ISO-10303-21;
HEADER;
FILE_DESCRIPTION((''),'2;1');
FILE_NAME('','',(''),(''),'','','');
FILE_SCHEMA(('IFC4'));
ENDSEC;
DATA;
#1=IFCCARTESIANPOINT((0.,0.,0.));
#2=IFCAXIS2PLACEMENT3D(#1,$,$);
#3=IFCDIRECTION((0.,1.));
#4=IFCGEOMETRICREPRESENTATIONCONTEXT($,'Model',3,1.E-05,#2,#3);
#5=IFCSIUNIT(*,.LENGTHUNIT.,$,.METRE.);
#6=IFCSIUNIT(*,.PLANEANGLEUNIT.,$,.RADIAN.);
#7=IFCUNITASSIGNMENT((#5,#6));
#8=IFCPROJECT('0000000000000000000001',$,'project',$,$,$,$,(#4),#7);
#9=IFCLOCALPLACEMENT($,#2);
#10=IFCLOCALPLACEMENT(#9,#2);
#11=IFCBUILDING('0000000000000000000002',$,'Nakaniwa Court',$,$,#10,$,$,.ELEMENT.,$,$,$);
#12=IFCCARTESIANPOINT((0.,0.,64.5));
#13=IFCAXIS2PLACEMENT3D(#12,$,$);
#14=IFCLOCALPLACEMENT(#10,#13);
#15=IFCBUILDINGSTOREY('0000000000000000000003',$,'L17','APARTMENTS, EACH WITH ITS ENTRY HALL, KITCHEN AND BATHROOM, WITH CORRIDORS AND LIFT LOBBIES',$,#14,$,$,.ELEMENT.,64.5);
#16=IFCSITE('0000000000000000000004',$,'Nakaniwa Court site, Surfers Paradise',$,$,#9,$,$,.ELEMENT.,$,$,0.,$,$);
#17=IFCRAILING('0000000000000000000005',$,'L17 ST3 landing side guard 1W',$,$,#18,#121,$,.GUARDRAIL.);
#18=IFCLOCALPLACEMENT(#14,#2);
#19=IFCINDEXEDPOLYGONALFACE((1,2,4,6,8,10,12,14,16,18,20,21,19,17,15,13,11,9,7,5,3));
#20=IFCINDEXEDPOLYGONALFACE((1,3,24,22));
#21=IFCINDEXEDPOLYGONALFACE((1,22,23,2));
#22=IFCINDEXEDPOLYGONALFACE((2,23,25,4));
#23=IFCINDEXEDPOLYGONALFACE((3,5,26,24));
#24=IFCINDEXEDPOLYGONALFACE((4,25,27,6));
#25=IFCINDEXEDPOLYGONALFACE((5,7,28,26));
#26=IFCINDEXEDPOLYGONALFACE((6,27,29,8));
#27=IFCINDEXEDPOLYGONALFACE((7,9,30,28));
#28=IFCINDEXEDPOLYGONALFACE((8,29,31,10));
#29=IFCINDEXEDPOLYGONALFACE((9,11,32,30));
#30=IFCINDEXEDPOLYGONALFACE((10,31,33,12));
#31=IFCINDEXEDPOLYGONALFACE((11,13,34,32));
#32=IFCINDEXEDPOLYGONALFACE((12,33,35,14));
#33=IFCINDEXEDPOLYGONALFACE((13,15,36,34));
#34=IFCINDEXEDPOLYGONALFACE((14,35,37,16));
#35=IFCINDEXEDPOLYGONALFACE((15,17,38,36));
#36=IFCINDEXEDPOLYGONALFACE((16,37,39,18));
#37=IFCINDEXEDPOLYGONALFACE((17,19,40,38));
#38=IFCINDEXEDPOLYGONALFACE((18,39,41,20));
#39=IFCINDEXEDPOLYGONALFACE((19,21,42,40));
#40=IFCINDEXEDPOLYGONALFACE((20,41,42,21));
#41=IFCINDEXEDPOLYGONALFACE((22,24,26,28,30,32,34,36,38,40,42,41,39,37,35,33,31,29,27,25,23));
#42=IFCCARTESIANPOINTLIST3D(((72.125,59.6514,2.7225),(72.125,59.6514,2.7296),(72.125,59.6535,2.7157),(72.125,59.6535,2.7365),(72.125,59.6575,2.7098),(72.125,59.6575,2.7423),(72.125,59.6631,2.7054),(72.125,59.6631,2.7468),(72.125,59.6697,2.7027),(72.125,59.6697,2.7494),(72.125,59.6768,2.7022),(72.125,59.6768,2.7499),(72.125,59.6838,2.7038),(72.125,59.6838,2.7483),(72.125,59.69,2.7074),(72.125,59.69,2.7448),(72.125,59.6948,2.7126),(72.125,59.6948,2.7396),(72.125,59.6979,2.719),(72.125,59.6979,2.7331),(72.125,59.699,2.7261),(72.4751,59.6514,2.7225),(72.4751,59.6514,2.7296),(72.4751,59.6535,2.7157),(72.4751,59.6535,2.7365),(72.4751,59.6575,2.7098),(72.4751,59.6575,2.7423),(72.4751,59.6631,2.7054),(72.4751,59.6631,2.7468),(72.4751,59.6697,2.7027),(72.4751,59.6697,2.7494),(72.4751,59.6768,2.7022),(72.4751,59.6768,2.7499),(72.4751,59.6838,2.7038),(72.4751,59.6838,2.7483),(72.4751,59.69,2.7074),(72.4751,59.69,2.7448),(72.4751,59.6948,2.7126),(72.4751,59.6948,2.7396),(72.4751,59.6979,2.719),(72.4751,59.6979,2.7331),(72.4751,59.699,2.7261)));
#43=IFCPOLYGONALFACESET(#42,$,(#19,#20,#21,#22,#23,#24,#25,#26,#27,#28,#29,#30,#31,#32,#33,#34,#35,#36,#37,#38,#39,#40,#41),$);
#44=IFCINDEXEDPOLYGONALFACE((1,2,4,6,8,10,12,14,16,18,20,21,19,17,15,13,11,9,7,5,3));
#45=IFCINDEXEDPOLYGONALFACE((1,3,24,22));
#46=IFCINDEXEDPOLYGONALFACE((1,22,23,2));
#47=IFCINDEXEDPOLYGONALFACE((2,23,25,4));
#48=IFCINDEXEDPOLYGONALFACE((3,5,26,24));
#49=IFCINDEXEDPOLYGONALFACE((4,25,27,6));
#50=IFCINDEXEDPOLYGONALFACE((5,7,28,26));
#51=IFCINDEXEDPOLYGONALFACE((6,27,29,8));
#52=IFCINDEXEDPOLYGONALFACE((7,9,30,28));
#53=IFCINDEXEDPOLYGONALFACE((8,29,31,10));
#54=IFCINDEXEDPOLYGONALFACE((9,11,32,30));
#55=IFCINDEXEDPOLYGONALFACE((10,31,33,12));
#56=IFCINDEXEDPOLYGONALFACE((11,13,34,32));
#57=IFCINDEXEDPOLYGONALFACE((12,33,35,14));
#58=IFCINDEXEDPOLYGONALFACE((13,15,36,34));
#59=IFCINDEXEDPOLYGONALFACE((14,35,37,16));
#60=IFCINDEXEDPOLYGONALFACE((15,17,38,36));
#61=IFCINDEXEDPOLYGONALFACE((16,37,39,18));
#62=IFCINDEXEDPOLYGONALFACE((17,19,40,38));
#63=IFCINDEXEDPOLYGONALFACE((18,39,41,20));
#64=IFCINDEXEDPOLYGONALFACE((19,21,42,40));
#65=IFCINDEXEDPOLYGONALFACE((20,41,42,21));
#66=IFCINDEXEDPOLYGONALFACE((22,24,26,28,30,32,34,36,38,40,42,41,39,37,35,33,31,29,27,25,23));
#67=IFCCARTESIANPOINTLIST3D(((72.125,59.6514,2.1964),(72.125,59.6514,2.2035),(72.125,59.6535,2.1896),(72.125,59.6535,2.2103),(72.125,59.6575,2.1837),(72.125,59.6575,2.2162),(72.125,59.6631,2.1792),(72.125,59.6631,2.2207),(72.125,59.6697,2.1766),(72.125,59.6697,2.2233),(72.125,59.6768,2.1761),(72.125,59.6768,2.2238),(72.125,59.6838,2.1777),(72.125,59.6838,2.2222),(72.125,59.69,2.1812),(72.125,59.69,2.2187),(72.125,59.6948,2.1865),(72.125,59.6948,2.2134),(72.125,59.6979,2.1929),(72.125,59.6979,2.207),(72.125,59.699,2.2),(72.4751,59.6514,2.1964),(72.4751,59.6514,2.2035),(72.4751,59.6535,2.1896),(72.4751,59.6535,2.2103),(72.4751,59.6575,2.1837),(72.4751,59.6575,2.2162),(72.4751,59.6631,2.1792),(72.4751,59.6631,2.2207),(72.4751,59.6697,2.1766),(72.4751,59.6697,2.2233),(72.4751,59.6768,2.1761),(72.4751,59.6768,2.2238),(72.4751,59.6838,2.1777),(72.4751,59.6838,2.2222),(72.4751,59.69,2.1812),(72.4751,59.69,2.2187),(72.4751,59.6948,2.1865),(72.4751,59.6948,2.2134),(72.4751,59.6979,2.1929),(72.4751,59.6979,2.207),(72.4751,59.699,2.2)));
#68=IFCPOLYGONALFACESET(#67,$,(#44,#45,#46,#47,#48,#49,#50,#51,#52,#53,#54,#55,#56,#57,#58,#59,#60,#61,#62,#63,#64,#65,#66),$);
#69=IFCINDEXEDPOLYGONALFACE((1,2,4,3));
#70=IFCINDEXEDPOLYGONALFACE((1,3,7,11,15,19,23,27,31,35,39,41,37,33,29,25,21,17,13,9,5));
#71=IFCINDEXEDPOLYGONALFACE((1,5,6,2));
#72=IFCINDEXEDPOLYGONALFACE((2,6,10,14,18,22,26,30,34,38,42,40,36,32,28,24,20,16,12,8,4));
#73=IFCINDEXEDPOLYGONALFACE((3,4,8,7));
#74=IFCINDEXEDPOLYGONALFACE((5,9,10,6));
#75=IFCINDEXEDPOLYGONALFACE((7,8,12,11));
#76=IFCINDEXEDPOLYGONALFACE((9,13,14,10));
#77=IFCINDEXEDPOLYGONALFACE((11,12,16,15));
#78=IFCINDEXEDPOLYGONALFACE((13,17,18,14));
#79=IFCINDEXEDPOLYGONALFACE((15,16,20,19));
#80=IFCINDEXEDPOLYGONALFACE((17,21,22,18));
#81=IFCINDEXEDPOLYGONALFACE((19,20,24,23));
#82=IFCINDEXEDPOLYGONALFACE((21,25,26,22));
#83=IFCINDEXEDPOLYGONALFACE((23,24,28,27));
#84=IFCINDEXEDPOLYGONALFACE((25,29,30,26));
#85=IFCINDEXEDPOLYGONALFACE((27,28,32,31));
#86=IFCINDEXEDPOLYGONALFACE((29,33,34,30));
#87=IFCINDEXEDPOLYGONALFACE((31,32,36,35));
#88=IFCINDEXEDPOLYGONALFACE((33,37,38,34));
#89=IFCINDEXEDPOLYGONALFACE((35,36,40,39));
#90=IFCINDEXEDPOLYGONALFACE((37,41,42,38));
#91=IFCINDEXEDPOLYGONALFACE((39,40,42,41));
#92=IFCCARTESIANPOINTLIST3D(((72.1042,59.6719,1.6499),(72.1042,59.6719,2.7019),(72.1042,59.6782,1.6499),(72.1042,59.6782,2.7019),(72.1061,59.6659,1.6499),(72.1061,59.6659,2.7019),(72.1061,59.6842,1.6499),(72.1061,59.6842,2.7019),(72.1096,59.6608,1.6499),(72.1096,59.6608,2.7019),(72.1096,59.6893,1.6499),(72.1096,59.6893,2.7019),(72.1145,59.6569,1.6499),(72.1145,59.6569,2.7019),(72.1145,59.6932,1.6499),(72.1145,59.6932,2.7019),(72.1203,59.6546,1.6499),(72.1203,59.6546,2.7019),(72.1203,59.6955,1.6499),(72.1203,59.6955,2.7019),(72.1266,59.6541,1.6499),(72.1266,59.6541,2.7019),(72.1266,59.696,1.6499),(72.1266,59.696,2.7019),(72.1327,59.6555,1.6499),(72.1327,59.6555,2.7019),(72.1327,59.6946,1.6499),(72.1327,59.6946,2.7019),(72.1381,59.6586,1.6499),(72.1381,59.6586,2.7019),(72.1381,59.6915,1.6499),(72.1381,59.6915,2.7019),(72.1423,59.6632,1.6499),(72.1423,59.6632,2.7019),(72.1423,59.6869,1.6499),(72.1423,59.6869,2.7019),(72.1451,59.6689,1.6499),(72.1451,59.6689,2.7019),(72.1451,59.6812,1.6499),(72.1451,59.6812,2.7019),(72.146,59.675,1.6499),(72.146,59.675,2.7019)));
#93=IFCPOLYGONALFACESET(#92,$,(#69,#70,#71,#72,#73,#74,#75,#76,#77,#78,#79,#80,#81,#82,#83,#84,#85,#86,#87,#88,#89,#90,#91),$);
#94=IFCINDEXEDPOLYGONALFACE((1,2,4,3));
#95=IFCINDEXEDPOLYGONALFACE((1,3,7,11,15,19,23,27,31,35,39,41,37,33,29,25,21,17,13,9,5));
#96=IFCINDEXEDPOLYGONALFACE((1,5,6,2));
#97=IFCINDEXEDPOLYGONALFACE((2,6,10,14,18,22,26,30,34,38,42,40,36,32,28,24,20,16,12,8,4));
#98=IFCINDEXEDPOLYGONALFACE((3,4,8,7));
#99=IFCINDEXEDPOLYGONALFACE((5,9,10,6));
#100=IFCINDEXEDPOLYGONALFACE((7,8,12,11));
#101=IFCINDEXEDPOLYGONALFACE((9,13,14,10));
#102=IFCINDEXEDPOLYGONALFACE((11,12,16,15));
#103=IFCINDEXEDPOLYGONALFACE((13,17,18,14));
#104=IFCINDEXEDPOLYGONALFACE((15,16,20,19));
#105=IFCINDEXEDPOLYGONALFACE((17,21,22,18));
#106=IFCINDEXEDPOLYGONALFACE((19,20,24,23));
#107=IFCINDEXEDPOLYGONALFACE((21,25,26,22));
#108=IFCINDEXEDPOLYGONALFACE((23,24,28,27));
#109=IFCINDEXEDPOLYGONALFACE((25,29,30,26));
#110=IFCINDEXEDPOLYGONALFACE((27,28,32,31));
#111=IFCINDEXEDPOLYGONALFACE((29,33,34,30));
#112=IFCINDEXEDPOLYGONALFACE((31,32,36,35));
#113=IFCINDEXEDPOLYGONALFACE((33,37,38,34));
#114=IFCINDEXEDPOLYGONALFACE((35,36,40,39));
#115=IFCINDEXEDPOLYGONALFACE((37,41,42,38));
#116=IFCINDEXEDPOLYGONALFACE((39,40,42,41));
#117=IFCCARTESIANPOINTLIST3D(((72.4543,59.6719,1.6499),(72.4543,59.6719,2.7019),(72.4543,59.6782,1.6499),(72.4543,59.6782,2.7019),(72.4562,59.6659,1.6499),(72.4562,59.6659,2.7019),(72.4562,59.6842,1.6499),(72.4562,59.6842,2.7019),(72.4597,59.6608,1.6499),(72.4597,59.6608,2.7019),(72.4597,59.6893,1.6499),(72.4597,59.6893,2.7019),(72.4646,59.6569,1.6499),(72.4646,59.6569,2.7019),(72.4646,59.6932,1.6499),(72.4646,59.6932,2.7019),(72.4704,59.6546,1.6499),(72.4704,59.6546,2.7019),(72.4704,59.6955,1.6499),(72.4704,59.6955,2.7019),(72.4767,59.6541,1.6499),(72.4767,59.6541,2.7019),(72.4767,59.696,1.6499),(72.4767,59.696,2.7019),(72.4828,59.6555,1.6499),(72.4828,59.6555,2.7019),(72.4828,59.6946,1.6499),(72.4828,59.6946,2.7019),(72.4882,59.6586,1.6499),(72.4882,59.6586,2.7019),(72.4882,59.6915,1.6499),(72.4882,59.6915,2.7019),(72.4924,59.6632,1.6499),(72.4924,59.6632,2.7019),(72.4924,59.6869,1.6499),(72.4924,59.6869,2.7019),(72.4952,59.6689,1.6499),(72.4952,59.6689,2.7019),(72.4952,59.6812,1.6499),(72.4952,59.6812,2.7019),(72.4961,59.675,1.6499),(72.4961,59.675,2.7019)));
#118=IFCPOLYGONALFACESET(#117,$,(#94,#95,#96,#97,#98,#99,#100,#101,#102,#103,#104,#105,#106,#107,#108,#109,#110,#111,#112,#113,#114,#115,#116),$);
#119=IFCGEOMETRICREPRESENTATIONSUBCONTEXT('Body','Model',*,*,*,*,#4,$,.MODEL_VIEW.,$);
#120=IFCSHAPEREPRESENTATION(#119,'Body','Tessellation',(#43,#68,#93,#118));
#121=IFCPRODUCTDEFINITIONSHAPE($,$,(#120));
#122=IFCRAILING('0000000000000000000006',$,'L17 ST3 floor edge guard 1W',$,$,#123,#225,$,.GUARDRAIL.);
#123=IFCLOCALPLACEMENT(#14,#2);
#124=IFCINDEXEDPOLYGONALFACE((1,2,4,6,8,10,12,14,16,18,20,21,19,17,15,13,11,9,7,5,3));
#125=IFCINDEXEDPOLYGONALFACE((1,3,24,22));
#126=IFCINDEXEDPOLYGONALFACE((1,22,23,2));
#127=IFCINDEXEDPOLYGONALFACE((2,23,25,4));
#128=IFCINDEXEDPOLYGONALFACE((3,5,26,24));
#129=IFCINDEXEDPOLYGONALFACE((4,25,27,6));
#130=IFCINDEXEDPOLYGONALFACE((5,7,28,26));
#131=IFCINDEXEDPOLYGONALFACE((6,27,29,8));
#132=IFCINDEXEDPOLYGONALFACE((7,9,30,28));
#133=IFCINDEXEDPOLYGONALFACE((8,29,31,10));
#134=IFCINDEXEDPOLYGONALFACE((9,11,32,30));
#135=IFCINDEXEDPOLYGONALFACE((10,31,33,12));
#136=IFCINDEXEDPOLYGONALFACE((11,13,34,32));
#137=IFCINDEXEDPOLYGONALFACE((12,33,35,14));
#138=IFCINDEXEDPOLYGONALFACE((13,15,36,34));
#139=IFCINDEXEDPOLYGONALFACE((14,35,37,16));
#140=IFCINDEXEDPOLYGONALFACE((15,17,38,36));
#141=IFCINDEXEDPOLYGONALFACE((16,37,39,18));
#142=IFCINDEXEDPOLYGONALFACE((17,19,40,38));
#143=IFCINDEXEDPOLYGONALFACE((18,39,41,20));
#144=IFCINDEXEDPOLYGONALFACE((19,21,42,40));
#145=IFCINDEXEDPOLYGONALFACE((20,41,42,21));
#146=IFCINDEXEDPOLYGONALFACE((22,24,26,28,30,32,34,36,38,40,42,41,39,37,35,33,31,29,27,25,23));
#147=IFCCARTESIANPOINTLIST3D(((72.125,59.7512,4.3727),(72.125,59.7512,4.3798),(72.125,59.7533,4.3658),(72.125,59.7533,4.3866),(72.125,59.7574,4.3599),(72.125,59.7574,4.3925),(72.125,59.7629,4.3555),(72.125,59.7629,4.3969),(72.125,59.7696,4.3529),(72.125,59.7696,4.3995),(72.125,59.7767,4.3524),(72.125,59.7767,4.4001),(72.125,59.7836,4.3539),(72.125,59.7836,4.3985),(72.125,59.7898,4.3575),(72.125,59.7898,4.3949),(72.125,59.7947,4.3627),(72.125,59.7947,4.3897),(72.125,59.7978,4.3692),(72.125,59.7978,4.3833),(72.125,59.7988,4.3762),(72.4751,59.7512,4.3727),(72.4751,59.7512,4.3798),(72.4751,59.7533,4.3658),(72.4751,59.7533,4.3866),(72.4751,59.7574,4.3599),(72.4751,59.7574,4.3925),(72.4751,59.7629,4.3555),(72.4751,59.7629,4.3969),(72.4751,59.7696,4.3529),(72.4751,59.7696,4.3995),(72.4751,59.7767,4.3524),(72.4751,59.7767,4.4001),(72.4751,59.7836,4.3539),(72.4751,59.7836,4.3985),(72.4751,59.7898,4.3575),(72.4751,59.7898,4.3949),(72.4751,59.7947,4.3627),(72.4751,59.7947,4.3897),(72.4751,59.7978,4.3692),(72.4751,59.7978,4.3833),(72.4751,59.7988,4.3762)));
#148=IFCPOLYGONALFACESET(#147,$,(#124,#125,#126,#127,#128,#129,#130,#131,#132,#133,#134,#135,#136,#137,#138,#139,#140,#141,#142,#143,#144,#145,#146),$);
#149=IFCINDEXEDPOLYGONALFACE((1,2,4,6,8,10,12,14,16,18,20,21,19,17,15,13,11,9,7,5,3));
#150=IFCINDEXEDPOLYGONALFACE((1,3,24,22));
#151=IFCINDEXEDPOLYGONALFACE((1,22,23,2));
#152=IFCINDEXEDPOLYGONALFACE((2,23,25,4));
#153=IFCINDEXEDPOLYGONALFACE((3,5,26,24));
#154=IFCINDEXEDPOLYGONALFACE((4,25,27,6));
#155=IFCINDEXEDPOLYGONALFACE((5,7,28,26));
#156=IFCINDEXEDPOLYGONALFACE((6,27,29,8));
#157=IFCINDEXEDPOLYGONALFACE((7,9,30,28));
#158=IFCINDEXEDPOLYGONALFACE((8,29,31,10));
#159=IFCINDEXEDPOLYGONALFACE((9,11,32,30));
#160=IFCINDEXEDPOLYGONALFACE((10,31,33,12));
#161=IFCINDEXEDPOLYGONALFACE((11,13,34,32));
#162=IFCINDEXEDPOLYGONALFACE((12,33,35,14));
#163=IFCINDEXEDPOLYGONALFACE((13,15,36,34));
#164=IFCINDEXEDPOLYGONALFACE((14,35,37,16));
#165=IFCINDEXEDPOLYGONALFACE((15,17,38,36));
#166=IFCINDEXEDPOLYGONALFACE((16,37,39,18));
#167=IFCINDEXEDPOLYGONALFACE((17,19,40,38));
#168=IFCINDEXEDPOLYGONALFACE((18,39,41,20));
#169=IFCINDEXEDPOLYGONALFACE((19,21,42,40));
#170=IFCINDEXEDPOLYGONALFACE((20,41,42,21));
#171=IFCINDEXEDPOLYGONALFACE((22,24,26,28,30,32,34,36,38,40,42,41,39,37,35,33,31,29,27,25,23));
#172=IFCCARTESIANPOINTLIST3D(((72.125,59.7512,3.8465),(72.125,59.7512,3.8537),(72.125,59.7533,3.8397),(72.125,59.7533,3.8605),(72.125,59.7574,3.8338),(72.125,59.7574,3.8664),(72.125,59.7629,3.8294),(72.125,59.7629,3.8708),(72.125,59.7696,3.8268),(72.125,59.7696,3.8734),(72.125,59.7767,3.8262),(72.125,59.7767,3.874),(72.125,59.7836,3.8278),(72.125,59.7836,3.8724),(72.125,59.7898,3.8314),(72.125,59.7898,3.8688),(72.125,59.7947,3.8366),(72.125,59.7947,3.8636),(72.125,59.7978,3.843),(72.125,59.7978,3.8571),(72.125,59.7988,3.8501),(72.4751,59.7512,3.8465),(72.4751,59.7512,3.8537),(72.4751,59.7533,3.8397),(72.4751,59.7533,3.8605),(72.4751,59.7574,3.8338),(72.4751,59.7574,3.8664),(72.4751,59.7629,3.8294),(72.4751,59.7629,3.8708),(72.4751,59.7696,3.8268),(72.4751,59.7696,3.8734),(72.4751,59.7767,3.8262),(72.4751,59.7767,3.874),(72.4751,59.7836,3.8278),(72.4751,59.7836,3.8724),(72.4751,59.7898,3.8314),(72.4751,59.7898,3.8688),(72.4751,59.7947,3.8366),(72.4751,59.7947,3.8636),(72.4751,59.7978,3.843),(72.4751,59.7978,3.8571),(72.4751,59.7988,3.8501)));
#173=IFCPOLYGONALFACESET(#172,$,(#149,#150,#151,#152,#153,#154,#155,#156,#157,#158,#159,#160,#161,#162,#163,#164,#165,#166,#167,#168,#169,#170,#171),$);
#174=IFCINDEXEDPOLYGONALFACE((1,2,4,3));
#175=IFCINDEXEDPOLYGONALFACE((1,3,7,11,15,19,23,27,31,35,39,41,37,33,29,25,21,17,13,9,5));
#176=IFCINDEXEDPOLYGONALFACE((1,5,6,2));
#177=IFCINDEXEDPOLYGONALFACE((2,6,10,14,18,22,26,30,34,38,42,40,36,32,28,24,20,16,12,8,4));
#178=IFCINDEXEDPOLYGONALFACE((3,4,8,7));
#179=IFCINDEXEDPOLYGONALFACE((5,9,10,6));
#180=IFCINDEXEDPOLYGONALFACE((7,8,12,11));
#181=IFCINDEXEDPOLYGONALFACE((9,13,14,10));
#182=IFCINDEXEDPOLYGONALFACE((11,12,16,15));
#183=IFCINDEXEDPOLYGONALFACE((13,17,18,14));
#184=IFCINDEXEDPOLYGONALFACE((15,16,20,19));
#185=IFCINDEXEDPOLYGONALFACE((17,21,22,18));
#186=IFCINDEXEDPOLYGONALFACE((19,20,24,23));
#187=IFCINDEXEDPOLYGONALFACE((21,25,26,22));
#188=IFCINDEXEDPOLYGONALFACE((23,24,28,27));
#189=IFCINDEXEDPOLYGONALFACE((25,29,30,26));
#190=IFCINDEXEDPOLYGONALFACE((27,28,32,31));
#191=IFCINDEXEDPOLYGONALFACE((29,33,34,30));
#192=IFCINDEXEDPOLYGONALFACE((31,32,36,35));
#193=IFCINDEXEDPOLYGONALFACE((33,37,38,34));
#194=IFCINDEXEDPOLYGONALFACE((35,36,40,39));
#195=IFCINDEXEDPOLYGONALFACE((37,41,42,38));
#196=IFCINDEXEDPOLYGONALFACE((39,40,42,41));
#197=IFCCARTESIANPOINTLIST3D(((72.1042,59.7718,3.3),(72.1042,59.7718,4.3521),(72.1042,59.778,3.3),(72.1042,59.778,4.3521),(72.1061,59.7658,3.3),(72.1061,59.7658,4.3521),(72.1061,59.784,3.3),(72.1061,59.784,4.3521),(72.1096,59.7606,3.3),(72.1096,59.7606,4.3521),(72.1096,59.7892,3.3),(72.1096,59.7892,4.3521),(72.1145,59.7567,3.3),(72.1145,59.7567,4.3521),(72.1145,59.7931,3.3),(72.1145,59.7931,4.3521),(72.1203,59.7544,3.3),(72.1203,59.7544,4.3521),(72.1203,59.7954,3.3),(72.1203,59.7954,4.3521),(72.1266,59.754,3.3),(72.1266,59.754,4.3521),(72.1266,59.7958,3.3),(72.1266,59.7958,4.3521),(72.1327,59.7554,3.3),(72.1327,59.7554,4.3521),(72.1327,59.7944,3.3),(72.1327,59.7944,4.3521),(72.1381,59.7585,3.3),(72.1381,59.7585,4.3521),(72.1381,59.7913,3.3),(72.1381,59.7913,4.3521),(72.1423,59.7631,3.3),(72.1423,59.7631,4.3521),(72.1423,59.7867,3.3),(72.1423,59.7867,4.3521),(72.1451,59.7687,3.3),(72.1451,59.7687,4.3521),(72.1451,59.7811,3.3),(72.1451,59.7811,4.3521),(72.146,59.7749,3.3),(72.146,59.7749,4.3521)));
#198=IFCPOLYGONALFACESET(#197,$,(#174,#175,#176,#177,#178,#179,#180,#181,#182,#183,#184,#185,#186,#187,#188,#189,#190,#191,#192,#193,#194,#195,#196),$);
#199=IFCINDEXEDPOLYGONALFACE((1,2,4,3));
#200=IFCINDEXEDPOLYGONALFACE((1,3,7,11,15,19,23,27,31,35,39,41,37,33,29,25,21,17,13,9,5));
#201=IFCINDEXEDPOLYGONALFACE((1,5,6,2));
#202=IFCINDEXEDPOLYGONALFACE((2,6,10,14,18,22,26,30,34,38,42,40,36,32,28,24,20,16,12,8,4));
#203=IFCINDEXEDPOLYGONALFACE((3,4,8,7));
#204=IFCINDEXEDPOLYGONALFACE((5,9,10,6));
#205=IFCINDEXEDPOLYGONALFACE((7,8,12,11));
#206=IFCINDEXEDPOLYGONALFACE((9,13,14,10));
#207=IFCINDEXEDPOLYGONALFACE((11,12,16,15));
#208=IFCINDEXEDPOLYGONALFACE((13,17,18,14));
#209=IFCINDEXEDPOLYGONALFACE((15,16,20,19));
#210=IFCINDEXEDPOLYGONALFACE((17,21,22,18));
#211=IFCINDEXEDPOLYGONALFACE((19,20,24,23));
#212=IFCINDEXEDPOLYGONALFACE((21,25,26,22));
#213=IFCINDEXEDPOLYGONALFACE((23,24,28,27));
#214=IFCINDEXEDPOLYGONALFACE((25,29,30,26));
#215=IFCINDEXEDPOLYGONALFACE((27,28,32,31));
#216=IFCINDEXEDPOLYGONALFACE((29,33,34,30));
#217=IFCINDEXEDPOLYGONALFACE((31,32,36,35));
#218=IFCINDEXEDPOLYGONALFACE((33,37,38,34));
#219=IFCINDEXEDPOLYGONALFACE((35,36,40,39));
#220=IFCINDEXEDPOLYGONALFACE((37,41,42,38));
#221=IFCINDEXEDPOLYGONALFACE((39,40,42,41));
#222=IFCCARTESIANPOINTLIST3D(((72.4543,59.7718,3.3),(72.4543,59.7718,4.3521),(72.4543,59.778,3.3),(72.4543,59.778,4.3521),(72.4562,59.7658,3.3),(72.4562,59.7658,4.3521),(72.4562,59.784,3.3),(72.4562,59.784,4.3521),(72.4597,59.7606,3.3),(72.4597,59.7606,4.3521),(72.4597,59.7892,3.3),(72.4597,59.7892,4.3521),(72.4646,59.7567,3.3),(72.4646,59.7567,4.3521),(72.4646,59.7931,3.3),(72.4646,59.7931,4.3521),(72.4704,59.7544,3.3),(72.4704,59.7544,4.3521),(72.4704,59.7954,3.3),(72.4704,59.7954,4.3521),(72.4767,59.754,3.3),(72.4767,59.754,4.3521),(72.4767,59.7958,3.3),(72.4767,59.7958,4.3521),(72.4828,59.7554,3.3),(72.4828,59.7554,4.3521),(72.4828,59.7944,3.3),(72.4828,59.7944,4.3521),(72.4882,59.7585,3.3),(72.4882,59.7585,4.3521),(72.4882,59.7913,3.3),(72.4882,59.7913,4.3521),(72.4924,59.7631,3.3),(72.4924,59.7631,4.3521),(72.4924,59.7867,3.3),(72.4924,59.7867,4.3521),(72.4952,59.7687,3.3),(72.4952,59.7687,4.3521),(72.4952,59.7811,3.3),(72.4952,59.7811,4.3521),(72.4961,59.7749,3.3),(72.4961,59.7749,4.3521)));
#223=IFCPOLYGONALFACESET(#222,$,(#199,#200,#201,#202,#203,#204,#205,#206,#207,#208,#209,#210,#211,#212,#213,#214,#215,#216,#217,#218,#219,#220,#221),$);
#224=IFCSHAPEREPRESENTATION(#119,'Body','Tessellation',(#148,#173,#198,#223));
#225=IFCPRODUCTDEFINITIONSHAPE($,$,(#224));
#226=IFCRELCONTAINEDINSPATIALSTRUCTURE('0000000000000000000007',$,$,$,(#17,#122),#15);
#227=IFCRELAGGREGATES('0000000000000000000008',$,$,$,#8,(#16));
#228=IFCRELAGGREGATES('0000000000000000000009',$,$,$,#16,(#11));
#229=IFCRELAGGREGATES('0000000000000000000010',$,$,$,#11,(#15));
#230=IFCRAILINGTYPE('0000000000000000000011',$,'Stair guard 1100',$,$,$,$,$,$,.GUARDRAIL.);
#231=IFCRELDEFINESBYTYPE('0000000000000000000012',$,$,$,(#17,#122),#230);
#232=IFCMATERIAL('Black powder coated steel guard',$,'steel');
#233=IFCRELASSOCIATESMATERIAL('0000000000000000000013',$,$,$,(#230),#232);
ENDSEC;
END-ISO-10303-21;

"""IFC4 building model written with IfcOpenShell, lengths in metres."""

from ifc_helpers import new_model, si_unit, direction, frame, origin, origin_2d, place, context, subcontext, project, spatial, circle, extrude, material, type_object, element, save


model = new_model("IFC4")

# Units and contexts
model_context = context("Model", 3, precision=1e-05, world=origin(), true_north=direction((0.0, 1.0)))
body_context = subcontext(model_context, "Body", "Model", "MODEL_VIEW")
ifc_project = project(units=[si_unit("LENGTHUNIT", "METRE"), si_unit("PLANEANGLEUNIT", "RADIAN")], contexts=[model_context])

# Site, building, storey
site_placement = place(None, origin())
site = spatial("IfcSite", under=ifc_project, at=site_placement, Name="Nakaniwa Court site, Surfers Paradise", CompositionType="ELEMENT", RefElevation=0.0)
building_placement = place(site_placement, origin())
building = spatial("IfcBuilding", under=site, at=building_placement, Name="Nakaniwa Court", CompositionType="ELEMENT")
storey_placement = place(building_placement, frame((0.0, 0.0, 64.5)))
storey = spatial("IfcBuildingStorey", under=building, at=storey_placement, Name="L17", Description="APARTMENTS, EACH WITH ITS ENTRY HALL, KITCHEN AND BATHROOM, WITH CORRIDORS AND LIFT LOBBIES", CompositionType="ELEMENT", Elevation=64.5)

# Railings
ifc_material_1 = material(Name="Black powder coated steel guard", Category="steel")
railing_type_1 = type_object("IfcRailingType", Name="Stair guard 1100", PredefinedType="GUARDRAIL", material=ifc_material_1)
for number, where, name in (
    (1, (72.125, 59.675, 1.6499), "L17 ST3 landing side guard 1W"),
    (2, (72.125, 59.7749, 3.3), "L17 ST3 floor edge guard 1W"),
):
    element("IfcRailing", number, at=place(storey_placement, frame(where)), inside=storey, type_object=railing_type_1, Name=name, PredefinedType="GUARDRAIL", context=body_context, shape_type="SweptSolid", body=[
        extrude(circle(Radius=0.0239, at=origin_2d()), frame((0.0, 0.0, 1.0762), z_axis=(1.0, 0.0, 0.0), x_axis=(0.0, 1.0, 0.0)), (0.0, 0.0, 1.0), 0.3501),
        extrude(circle(Radius=0.0239, at=origin_2d()), frame((0.0, 0.0, 0.55), z_axis=(1.0, 0.0, 0.0), x_axis=(0.0, 1.0, 0.0)), (0.0, 0.0, 1.0), 0.3501),
        extrude(circle(Radius=0.021, at=origin_2d()), origin(), (0.0, 0.0, 1.0), 1.052),
        extrude(circle(Radius=0.021, at=origin_2d()), frame((0.3501, 0.0, 0.0)), (0.0, 0.0, 1.0), 1.052),
    ])

save(model, "model.ifc")
